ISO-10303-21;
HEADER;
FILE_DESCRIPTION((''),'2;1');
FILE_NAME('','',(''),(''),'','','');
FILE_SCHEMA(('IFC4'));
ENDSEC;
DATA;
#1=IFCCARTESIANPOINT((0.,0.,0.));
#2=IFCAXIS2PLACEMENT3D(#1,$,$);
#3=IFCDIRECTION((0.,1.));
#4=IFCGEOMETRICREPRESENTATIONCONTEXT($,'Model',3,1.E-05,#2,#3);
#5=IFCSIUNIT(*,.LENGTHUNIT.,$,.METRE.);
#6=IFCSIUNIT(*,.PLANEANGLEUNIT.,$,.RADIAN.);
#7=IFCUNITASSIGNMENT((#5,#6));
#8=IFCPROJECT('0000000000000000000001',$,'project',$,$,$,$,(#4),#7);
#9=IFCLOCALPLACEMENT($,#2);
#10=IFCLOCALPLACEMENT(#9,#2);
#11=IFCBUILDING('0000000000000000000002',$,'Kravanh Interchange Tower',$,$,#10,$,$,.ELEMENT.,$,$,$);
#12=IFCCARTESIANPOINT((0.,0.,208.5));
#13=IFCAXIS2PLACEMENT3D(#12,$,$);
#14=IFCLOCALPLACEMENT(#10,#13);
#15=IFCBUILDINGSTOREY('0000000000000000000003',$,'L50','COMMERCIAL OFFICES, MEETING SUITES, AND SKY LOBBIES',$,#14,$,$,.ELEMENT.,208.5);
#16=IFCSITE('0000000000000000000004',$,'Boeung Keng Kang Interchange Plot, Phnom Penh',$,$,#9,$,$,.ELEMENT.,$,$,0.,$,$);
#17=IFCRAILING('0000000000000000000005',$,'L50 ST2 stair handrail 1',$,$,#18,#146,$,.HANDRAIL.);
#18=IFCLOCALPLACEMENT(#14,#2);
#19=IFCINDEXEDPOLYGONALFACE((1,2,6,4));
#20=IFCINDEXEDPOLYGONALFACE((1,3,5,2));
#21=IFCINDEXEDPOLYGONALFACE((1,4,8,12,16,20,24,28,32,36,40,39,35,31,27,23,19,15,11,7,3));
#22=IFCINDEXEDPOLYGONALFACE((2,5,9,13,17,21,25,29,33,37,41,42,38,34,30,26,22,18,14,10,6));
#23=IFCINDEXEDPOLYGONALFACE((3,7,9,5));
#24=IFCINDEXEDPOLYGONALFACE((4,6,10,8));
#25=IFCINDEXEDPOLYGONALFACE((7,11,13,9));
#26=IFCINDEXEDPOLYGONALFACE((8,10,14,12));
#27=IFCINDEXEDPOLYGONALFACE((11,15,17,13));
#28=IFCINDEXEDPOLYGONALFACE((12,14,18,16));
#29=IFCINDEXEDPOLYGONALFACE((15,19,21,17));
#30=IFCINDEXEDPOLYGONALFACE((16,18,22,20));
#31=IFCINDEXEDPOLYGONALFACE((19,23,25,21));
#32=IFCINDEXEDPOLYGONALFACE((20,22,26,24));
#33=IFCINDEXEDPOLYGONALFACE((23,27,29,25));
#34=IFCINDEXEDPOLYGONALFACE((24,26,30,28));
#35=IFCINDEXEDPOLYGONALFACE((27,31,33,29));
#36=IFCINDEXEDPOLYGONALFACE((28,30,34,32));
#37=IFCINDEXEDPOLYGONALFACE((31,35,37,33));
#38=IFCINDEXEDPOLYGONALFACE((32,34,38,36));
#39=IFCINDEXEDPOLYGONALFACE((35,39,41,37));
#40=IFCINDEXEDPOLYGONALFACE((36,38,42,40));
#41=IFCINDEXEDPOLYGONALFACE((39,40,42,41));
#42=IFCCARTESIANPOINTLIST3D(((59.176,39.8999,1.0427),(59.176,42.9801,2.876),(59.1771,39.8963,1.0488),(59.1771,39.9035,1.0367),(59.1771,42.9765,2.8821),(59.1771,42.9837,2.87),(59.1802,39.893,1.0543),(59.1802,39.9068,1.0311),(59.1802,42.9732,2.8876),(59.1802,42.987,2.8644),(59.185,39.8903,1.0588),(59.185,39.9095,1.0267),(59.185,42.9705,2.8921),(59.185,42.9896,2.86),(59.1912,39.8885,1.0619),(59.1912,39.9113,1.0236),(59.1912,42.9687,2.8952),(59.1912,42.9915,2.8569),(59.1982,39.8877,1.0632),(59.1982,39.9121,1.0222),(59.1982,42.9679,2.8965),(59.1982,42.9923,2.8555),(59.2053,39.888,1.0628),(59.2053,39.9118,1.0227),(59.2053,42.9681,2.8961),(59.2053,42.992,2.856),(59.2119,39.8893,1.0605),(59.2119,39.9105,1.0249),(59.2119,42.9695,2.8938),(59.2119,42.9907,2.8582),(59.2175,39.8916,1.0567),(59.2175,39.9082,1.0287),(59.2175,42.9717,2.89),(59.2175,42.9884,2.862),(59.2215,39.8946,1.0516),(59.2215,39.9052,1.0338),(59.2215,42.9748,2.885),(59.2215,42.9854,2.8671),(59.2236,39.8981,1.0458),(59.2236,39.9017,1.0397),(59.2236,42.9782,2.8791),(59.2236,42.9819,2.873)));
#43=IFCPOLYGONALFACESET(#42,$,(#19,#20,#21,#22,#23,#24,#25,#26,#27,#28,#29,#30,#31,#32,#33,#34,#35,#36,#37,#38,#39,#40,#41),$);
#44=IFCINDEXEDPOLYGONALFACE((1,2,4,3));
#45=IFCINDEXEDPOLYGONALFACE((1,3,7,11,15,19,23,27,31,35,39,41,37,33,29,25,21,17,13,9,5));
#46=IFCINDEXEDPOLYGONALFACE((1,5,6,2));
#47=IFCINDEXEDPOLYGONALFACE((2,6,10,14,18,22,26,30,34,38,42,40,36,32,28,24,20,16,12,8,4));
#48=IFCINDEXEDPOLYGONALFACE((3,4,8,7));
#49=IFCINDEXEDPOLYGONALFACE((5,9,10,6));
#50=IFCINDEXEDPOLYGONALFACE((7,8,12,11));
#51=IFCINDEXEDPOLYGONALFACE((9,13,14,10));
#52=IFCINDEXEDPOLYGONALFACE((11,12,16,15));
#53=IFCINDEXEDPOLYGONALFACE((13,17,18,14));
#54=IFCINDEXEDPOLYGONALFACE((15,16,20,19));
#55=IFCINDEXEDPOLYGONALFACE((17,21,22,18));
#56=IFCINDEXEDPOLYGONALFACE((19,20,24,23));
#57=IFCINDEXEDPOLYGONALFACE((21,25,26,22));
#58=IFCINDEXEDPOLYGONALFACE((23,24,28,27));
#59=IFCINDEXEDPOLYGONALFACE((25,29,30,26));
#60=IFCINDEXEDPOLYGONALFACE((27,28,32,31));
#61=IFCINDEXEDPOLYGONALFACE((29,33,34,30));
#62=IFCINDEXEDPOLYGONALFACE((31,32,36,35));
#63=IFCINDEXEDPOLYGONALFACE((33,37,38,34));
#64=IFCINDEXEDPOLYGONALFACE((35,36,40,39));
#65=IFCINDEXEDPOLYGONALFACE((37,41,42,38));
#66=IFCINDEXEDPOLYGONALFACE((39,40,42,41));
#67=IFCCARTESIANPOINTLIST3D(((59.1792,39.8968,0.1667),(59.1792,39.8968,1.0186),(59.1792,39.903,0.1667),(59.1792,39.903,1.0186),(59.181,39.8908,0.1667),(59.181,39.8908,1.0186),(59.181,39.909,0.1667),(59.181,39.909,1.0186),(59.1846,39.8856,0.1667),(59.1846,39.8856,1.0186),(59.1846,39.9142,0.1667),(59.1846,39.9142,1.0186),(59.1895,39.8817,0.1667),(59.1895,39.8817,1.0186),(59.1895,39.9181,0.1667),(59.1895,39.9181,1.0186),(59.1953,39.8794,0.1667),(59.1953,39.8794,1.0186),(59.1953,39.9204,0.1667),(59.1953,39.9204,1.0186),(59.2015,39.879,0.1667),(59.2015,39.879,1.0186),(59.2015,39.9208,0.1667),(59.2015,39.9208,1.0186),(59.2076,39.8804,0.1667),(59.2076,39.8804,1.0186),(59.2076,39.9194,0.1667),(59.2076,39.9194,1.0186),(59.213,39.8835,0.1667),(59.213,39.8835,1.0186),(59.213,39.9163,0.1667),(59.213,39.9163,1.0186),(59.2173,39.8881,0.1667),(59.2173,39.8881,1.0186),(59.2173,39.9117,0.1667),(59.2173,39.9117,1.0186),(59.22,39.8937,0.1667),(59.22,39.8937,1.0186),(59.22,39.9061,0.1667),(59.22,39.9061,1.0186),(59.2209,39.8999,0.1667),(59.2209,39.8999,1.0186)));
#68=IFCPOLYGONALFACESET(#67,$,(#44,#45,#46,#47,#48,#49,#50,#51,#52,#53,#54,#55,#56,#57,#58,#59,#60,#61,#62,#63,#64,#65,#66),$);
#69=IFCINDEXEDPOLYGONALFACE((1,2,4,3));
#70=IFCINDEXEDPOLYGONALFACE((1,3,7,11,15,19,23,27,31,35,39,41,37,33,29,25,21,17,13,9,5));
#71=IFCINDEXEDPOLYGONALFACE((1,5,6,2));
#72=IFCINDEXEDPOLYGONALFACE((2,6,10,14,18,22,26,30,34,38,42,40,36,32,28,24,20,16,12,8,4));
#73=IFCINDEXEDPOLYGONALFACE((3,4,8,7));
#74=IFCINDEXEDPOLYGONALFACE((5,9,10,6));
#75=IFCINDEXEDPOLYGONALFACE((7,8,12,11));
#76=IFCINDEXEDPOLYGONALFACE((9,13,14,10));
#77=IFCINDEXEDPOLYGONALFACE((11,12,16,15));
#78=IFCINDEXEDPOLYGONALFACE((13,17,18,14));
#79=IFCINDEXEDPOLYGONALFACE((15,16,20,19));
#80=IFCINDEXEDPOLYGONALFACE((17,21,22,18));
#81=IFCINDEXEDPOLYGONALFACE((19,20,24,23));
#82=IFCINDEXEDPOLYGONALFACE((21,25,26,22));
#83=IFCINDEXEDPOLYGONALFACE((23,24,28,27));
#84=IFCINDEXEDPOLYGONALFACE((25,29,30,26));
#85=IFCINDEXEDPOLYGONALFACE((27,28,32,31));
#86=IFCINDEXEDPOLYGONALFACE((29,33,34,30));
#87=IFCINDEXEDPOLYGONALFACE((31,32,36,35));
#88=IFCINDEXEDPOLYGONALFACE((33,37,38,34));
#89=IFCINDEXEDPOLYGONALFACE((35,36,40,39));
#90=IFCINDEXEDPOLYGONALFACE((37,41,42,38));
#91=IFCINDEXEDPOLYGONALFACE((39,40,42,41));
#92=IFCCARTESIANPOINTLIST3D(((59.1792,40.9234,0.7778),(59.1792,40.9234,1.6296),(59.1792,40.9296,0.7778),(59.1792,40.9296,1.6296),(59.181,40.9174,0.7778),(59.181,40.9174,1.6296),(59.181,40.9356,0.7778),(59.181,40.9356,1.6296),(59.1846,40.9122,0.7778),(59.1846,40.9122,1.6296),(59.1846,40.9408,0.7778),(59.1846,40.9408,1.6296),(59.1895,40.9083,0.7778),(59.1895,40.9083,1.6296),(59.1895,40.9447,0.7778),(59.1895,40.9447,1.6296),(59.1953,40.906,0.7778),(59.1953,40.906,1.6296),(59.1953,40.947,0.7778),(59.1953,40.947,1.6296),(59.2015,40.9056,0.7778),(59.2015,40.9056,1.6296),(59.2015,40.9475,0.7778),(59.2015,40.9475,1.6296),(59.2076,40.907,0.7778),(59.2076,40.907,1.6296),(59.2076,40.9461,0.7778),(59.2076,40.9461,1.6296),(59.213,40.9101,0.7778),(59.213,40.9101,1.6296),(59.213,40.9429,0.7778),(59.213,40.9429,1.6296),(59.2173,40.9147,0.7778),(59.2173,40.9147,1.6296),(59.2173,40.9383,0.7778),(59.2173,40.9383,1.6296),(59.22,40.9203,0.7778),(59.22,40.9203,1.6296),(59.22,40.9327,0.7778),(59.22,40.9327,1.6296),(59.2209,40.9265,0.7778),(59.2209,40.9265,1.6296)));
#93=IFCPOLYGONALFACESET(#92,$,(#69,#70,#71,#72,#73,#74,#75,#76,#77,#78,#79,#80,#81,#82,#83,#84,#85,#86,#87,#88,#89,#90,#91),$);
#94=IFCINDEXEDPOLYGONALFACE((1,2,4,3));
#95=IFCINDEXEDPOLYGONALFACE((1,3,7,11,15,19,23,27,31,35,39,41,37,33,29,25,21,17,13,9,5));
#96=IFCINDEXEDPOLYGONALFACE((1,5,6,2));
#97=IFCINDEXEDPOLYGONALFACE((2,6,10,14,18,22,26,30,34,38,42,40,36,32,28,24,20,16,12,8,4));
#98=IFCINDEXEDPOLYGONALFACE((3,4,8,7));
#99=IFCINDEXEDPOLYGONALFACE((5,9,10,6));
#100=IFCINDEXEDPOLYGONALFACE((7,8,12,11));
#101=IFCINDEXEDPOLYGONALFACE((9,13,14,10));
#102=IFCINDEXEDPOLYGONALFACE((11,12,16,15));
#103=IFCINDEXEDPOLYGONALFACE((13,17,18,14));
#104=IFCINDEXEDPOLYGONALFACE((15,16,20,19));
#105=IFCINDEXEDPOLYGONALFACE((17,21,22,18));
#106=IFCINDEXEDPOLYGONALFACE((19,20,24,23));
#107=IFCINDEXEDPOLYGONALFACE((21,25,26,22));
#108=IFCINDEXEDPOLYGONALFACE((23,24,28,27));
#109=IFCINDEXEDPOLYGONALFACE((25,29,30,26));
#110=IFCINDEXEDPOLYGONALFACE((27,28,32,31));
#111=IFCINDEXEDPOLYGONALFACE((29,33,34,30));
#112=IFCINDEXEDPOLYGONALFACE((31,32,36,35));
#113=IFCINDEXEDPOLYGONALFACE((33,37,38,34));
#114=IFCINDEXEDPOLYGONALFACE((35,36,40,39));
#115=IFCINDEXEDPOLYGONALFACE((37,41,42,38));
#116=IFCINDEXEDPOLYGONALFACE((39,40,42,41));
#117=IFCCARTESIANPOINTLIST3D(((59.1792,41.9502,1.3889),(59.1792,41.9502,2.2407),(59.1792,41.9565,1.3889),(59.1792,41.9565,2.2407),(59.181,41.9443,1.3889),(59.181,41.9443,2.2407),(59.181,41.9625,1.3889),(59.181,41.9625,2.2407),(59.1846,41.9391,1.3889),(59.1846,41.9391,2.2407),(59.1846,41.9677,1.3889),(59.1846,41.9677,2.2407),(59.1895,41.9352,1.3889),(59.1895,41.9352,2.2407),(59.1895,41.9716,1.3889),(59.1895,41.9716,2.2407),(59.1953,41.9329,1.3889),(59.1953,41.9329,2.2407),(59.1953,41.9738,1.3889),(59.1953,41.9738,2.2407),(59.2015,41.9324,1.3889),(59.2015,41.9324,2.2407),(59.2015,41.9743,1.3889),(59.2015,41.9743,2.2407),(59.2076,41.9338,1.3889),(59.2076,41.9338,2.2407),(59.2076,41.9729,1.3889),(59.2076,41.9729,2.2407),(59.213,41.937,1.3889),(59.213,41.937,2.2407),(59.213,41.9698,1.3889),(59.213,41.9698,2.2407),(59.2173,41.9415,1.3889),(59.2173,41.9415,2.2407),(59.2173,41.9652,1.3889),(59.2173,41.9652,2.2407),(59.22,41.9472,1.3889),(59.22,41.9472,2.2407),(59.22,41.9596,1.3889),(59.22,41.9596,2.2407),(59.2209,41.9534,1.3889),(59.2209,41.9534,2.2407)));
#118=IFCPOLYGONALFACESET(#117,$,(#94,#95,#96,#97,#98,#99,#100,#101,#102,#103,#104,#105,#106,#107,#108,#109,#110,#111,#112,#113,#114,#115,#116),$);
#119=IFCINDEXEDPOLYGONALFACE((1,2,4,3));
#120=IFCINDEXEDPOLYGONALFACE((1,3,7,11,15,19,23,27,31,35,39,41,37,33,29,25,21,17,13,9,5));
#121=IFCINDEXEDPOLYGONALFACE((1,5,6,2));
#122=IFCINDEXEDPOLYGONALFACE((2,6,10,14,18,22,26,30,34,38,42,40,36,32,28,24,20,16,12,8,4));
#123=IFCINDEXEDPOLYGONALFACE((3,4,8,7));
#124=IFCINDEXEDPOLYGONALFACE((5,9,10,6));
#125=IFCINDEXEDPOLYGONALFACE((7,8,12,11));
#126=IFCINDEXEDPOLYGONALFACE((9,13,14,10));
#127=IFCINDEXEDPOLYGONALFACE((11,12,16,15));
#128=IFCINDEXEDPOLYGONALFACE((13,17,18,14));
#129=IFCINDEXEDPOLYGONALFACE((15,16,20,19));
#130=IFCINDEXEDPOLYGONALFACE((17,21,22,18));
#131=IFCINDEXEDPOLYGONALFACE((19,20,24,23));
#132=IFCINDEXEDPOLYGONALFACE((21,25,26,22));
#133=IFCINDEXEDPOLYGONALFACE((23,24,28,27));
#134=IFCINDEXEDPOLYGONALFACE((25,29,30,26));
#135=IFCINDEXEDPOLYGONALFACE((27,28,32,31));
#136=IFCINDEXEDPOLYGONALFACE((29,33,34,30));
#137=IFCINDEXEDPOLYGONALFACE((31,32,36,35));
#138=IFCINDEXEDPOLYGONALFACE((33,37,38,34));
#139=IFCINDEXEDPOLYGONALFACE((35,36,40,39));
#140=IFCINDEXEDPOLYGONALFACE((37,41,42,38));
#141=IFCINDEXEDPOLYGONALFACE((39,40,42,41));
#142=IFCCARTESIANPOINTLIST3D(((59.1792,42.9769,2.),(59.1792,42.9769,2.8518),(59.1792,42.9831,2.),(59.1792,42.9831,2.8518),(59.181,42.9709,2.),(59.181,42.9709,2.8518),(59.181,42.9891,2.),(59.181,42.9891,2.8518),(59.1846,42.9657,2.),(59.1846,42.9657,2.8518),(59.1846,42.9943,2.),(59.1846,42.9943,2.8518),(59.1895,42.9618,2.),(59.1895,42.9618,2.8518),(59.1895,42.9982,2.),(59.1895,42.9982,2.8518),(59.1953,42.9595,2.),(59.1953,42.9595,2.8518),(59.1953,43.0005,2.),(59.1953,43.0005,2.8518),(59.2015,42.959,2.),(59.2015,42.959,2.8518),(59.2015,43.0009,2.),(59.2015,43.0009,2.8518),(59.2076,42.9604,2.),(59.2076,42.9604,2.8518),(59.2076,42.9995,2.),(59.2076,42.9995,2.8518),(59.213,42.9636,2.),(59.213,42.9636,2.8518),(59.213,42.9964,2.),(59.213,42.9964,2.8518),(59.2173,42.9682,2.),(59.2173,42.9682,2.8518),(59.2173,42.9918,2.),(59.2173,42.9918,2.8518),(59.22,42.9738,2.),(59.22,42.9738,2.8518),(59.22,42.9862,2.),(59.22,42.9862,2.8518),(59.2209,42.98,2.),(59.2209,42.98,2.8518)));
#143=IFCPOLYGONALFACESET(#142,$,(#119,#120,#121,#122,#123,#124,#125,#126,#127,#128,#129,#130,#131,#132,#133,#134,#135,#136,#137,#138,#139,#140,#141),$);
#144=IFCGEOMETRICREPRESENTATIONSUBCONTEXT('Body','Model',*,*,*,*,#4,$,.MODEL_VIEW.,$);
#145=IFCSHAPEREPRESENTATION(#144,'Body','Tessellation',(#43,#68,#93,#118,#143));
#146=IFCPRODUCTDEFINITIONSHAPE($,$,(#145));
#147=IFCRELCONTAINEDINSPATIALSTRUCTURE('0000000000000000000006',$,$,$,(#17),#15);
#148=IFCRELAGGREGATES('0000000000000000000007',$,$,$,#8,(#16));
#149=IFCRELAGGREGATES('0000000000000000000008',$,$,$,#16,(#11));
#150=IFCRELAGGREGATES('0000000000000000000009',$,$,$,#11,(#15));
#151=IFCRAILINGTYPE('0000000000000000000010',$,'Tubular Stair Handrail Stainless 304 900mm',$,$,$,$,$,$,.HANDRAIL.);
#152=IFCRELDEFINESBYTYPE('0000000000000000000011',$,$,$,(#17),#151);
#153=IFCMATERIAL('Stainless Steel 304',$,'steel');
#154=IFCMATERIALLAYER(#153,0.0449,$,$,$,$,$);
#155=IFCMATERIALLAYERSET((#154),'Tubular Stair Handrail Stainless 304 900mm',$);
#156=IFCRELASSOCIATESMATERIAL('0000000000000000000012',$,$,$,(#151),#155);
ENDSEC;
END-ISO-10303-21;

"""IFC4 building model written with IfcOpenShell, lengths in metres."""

from ifc_helpers import new_model, si_unit, direction, frame, origin, origin_2d, place, context, subcontext, project, spatial, circle, extrude, material, layer, layer_set, type_object, element, save


model = new_model("IFC4")

# Units and contexts
model_context = context("Model", 3, precision=1e-05, world=origin(), true_north=direction((0.0, 1.0)))
body_context = subcontext(model_context, "Body", "Model", "MODEL_VIEW")
ifc_project = project(units=[si_unit("LENGTHUNIT", "METRE"), si_unit("PLANEANGLEUNIT", "RADIAN")], contexts=[model_context])

# Site, building, storey
site_placement = place(None, origin())
site = spatial("IfcSite", under=ifc_project, at=site_placement, Name="Boeung Keng Kang Interchange Plot, Phnom Penh", CompositionType="ELEMENT", RefElevation=0.0)
building_placement = place(site_placement, origin())
building = spatial("IfcBuilding", under=site, at=building_placement, Name="Kravanh Interchange Tower", CompositionType="ELEMENT")
storey_placement = place(building_placement, frame((0.0, 0.0, 208.5)))
storey = spatial("IfcBuildingStorey", under=building, at=storey_placement, Name="L50", Description="COMMERCIAL OFFICES, MEETING SUITES, AND SKY LOBBIES", CompositionType="ELEMENT", Elevation=208.5)

# Railing
ifc_material_1 = material(Name="Stainless Steel 304", Category="steel")
ifc_layer_1 = layer(ifc_material_1, 0.0449)
ifc_layer_set_1 = layer_set([ifc_layer_1], Name="Tubular Stair Handrail Stainless 304 900mm")
railing_type_1 = type_object("IfcRailingType", Name="Tubular Stair Handrail Stainless 304 900mm", PredefinedType="HANDRAIL", material=ifc_layer_set_1)
railing_1_placement = place(storey_placement, frame((59.2, 39.8999, 0.1667)))
element("IfcRailing", 1, at=railing_1_placement, inside=storey, type_object=railing_type_1, Name="L50 ST2 stair handrail 1", PredefinedType="HANDRAIL", context=body_context, shape_type="SweptSolid", body=[
    extrude(circle(Radius=0.0239, at=origin_2d()), frame((0.0, 0.0, 0.876), z_axis=(0.0, 0.859309, 0.511458), x_axis=(-1.0, 0.0, 0.0)), (0.0, 0.0, 1.0), 3.5845),
    extrude(circle(Radius=0.021, at=origin_2d()), origin(), (0.0, 0.0, 1.0), 0.8518),
    extrude(circle(Radius=0.021, at=origin_2d()), frame((0.0, 1.0266, 0.6111)), (0.0, 0.0, 1.0), 0.8518),
    extrude(circle(Radius=0.021, at=origin_2d()), frame((0.0, 2.0535, 1.2222)), (0.0, 0.0, 1.0), 0.8518),
    extrude(circle(Radius=0.021, at=origin_2d()), frame((0.0, 3.0801, 1.8333)), (0.0, 0.0, 1.0), 0.8518),
])

save(model, "model.ifc")
